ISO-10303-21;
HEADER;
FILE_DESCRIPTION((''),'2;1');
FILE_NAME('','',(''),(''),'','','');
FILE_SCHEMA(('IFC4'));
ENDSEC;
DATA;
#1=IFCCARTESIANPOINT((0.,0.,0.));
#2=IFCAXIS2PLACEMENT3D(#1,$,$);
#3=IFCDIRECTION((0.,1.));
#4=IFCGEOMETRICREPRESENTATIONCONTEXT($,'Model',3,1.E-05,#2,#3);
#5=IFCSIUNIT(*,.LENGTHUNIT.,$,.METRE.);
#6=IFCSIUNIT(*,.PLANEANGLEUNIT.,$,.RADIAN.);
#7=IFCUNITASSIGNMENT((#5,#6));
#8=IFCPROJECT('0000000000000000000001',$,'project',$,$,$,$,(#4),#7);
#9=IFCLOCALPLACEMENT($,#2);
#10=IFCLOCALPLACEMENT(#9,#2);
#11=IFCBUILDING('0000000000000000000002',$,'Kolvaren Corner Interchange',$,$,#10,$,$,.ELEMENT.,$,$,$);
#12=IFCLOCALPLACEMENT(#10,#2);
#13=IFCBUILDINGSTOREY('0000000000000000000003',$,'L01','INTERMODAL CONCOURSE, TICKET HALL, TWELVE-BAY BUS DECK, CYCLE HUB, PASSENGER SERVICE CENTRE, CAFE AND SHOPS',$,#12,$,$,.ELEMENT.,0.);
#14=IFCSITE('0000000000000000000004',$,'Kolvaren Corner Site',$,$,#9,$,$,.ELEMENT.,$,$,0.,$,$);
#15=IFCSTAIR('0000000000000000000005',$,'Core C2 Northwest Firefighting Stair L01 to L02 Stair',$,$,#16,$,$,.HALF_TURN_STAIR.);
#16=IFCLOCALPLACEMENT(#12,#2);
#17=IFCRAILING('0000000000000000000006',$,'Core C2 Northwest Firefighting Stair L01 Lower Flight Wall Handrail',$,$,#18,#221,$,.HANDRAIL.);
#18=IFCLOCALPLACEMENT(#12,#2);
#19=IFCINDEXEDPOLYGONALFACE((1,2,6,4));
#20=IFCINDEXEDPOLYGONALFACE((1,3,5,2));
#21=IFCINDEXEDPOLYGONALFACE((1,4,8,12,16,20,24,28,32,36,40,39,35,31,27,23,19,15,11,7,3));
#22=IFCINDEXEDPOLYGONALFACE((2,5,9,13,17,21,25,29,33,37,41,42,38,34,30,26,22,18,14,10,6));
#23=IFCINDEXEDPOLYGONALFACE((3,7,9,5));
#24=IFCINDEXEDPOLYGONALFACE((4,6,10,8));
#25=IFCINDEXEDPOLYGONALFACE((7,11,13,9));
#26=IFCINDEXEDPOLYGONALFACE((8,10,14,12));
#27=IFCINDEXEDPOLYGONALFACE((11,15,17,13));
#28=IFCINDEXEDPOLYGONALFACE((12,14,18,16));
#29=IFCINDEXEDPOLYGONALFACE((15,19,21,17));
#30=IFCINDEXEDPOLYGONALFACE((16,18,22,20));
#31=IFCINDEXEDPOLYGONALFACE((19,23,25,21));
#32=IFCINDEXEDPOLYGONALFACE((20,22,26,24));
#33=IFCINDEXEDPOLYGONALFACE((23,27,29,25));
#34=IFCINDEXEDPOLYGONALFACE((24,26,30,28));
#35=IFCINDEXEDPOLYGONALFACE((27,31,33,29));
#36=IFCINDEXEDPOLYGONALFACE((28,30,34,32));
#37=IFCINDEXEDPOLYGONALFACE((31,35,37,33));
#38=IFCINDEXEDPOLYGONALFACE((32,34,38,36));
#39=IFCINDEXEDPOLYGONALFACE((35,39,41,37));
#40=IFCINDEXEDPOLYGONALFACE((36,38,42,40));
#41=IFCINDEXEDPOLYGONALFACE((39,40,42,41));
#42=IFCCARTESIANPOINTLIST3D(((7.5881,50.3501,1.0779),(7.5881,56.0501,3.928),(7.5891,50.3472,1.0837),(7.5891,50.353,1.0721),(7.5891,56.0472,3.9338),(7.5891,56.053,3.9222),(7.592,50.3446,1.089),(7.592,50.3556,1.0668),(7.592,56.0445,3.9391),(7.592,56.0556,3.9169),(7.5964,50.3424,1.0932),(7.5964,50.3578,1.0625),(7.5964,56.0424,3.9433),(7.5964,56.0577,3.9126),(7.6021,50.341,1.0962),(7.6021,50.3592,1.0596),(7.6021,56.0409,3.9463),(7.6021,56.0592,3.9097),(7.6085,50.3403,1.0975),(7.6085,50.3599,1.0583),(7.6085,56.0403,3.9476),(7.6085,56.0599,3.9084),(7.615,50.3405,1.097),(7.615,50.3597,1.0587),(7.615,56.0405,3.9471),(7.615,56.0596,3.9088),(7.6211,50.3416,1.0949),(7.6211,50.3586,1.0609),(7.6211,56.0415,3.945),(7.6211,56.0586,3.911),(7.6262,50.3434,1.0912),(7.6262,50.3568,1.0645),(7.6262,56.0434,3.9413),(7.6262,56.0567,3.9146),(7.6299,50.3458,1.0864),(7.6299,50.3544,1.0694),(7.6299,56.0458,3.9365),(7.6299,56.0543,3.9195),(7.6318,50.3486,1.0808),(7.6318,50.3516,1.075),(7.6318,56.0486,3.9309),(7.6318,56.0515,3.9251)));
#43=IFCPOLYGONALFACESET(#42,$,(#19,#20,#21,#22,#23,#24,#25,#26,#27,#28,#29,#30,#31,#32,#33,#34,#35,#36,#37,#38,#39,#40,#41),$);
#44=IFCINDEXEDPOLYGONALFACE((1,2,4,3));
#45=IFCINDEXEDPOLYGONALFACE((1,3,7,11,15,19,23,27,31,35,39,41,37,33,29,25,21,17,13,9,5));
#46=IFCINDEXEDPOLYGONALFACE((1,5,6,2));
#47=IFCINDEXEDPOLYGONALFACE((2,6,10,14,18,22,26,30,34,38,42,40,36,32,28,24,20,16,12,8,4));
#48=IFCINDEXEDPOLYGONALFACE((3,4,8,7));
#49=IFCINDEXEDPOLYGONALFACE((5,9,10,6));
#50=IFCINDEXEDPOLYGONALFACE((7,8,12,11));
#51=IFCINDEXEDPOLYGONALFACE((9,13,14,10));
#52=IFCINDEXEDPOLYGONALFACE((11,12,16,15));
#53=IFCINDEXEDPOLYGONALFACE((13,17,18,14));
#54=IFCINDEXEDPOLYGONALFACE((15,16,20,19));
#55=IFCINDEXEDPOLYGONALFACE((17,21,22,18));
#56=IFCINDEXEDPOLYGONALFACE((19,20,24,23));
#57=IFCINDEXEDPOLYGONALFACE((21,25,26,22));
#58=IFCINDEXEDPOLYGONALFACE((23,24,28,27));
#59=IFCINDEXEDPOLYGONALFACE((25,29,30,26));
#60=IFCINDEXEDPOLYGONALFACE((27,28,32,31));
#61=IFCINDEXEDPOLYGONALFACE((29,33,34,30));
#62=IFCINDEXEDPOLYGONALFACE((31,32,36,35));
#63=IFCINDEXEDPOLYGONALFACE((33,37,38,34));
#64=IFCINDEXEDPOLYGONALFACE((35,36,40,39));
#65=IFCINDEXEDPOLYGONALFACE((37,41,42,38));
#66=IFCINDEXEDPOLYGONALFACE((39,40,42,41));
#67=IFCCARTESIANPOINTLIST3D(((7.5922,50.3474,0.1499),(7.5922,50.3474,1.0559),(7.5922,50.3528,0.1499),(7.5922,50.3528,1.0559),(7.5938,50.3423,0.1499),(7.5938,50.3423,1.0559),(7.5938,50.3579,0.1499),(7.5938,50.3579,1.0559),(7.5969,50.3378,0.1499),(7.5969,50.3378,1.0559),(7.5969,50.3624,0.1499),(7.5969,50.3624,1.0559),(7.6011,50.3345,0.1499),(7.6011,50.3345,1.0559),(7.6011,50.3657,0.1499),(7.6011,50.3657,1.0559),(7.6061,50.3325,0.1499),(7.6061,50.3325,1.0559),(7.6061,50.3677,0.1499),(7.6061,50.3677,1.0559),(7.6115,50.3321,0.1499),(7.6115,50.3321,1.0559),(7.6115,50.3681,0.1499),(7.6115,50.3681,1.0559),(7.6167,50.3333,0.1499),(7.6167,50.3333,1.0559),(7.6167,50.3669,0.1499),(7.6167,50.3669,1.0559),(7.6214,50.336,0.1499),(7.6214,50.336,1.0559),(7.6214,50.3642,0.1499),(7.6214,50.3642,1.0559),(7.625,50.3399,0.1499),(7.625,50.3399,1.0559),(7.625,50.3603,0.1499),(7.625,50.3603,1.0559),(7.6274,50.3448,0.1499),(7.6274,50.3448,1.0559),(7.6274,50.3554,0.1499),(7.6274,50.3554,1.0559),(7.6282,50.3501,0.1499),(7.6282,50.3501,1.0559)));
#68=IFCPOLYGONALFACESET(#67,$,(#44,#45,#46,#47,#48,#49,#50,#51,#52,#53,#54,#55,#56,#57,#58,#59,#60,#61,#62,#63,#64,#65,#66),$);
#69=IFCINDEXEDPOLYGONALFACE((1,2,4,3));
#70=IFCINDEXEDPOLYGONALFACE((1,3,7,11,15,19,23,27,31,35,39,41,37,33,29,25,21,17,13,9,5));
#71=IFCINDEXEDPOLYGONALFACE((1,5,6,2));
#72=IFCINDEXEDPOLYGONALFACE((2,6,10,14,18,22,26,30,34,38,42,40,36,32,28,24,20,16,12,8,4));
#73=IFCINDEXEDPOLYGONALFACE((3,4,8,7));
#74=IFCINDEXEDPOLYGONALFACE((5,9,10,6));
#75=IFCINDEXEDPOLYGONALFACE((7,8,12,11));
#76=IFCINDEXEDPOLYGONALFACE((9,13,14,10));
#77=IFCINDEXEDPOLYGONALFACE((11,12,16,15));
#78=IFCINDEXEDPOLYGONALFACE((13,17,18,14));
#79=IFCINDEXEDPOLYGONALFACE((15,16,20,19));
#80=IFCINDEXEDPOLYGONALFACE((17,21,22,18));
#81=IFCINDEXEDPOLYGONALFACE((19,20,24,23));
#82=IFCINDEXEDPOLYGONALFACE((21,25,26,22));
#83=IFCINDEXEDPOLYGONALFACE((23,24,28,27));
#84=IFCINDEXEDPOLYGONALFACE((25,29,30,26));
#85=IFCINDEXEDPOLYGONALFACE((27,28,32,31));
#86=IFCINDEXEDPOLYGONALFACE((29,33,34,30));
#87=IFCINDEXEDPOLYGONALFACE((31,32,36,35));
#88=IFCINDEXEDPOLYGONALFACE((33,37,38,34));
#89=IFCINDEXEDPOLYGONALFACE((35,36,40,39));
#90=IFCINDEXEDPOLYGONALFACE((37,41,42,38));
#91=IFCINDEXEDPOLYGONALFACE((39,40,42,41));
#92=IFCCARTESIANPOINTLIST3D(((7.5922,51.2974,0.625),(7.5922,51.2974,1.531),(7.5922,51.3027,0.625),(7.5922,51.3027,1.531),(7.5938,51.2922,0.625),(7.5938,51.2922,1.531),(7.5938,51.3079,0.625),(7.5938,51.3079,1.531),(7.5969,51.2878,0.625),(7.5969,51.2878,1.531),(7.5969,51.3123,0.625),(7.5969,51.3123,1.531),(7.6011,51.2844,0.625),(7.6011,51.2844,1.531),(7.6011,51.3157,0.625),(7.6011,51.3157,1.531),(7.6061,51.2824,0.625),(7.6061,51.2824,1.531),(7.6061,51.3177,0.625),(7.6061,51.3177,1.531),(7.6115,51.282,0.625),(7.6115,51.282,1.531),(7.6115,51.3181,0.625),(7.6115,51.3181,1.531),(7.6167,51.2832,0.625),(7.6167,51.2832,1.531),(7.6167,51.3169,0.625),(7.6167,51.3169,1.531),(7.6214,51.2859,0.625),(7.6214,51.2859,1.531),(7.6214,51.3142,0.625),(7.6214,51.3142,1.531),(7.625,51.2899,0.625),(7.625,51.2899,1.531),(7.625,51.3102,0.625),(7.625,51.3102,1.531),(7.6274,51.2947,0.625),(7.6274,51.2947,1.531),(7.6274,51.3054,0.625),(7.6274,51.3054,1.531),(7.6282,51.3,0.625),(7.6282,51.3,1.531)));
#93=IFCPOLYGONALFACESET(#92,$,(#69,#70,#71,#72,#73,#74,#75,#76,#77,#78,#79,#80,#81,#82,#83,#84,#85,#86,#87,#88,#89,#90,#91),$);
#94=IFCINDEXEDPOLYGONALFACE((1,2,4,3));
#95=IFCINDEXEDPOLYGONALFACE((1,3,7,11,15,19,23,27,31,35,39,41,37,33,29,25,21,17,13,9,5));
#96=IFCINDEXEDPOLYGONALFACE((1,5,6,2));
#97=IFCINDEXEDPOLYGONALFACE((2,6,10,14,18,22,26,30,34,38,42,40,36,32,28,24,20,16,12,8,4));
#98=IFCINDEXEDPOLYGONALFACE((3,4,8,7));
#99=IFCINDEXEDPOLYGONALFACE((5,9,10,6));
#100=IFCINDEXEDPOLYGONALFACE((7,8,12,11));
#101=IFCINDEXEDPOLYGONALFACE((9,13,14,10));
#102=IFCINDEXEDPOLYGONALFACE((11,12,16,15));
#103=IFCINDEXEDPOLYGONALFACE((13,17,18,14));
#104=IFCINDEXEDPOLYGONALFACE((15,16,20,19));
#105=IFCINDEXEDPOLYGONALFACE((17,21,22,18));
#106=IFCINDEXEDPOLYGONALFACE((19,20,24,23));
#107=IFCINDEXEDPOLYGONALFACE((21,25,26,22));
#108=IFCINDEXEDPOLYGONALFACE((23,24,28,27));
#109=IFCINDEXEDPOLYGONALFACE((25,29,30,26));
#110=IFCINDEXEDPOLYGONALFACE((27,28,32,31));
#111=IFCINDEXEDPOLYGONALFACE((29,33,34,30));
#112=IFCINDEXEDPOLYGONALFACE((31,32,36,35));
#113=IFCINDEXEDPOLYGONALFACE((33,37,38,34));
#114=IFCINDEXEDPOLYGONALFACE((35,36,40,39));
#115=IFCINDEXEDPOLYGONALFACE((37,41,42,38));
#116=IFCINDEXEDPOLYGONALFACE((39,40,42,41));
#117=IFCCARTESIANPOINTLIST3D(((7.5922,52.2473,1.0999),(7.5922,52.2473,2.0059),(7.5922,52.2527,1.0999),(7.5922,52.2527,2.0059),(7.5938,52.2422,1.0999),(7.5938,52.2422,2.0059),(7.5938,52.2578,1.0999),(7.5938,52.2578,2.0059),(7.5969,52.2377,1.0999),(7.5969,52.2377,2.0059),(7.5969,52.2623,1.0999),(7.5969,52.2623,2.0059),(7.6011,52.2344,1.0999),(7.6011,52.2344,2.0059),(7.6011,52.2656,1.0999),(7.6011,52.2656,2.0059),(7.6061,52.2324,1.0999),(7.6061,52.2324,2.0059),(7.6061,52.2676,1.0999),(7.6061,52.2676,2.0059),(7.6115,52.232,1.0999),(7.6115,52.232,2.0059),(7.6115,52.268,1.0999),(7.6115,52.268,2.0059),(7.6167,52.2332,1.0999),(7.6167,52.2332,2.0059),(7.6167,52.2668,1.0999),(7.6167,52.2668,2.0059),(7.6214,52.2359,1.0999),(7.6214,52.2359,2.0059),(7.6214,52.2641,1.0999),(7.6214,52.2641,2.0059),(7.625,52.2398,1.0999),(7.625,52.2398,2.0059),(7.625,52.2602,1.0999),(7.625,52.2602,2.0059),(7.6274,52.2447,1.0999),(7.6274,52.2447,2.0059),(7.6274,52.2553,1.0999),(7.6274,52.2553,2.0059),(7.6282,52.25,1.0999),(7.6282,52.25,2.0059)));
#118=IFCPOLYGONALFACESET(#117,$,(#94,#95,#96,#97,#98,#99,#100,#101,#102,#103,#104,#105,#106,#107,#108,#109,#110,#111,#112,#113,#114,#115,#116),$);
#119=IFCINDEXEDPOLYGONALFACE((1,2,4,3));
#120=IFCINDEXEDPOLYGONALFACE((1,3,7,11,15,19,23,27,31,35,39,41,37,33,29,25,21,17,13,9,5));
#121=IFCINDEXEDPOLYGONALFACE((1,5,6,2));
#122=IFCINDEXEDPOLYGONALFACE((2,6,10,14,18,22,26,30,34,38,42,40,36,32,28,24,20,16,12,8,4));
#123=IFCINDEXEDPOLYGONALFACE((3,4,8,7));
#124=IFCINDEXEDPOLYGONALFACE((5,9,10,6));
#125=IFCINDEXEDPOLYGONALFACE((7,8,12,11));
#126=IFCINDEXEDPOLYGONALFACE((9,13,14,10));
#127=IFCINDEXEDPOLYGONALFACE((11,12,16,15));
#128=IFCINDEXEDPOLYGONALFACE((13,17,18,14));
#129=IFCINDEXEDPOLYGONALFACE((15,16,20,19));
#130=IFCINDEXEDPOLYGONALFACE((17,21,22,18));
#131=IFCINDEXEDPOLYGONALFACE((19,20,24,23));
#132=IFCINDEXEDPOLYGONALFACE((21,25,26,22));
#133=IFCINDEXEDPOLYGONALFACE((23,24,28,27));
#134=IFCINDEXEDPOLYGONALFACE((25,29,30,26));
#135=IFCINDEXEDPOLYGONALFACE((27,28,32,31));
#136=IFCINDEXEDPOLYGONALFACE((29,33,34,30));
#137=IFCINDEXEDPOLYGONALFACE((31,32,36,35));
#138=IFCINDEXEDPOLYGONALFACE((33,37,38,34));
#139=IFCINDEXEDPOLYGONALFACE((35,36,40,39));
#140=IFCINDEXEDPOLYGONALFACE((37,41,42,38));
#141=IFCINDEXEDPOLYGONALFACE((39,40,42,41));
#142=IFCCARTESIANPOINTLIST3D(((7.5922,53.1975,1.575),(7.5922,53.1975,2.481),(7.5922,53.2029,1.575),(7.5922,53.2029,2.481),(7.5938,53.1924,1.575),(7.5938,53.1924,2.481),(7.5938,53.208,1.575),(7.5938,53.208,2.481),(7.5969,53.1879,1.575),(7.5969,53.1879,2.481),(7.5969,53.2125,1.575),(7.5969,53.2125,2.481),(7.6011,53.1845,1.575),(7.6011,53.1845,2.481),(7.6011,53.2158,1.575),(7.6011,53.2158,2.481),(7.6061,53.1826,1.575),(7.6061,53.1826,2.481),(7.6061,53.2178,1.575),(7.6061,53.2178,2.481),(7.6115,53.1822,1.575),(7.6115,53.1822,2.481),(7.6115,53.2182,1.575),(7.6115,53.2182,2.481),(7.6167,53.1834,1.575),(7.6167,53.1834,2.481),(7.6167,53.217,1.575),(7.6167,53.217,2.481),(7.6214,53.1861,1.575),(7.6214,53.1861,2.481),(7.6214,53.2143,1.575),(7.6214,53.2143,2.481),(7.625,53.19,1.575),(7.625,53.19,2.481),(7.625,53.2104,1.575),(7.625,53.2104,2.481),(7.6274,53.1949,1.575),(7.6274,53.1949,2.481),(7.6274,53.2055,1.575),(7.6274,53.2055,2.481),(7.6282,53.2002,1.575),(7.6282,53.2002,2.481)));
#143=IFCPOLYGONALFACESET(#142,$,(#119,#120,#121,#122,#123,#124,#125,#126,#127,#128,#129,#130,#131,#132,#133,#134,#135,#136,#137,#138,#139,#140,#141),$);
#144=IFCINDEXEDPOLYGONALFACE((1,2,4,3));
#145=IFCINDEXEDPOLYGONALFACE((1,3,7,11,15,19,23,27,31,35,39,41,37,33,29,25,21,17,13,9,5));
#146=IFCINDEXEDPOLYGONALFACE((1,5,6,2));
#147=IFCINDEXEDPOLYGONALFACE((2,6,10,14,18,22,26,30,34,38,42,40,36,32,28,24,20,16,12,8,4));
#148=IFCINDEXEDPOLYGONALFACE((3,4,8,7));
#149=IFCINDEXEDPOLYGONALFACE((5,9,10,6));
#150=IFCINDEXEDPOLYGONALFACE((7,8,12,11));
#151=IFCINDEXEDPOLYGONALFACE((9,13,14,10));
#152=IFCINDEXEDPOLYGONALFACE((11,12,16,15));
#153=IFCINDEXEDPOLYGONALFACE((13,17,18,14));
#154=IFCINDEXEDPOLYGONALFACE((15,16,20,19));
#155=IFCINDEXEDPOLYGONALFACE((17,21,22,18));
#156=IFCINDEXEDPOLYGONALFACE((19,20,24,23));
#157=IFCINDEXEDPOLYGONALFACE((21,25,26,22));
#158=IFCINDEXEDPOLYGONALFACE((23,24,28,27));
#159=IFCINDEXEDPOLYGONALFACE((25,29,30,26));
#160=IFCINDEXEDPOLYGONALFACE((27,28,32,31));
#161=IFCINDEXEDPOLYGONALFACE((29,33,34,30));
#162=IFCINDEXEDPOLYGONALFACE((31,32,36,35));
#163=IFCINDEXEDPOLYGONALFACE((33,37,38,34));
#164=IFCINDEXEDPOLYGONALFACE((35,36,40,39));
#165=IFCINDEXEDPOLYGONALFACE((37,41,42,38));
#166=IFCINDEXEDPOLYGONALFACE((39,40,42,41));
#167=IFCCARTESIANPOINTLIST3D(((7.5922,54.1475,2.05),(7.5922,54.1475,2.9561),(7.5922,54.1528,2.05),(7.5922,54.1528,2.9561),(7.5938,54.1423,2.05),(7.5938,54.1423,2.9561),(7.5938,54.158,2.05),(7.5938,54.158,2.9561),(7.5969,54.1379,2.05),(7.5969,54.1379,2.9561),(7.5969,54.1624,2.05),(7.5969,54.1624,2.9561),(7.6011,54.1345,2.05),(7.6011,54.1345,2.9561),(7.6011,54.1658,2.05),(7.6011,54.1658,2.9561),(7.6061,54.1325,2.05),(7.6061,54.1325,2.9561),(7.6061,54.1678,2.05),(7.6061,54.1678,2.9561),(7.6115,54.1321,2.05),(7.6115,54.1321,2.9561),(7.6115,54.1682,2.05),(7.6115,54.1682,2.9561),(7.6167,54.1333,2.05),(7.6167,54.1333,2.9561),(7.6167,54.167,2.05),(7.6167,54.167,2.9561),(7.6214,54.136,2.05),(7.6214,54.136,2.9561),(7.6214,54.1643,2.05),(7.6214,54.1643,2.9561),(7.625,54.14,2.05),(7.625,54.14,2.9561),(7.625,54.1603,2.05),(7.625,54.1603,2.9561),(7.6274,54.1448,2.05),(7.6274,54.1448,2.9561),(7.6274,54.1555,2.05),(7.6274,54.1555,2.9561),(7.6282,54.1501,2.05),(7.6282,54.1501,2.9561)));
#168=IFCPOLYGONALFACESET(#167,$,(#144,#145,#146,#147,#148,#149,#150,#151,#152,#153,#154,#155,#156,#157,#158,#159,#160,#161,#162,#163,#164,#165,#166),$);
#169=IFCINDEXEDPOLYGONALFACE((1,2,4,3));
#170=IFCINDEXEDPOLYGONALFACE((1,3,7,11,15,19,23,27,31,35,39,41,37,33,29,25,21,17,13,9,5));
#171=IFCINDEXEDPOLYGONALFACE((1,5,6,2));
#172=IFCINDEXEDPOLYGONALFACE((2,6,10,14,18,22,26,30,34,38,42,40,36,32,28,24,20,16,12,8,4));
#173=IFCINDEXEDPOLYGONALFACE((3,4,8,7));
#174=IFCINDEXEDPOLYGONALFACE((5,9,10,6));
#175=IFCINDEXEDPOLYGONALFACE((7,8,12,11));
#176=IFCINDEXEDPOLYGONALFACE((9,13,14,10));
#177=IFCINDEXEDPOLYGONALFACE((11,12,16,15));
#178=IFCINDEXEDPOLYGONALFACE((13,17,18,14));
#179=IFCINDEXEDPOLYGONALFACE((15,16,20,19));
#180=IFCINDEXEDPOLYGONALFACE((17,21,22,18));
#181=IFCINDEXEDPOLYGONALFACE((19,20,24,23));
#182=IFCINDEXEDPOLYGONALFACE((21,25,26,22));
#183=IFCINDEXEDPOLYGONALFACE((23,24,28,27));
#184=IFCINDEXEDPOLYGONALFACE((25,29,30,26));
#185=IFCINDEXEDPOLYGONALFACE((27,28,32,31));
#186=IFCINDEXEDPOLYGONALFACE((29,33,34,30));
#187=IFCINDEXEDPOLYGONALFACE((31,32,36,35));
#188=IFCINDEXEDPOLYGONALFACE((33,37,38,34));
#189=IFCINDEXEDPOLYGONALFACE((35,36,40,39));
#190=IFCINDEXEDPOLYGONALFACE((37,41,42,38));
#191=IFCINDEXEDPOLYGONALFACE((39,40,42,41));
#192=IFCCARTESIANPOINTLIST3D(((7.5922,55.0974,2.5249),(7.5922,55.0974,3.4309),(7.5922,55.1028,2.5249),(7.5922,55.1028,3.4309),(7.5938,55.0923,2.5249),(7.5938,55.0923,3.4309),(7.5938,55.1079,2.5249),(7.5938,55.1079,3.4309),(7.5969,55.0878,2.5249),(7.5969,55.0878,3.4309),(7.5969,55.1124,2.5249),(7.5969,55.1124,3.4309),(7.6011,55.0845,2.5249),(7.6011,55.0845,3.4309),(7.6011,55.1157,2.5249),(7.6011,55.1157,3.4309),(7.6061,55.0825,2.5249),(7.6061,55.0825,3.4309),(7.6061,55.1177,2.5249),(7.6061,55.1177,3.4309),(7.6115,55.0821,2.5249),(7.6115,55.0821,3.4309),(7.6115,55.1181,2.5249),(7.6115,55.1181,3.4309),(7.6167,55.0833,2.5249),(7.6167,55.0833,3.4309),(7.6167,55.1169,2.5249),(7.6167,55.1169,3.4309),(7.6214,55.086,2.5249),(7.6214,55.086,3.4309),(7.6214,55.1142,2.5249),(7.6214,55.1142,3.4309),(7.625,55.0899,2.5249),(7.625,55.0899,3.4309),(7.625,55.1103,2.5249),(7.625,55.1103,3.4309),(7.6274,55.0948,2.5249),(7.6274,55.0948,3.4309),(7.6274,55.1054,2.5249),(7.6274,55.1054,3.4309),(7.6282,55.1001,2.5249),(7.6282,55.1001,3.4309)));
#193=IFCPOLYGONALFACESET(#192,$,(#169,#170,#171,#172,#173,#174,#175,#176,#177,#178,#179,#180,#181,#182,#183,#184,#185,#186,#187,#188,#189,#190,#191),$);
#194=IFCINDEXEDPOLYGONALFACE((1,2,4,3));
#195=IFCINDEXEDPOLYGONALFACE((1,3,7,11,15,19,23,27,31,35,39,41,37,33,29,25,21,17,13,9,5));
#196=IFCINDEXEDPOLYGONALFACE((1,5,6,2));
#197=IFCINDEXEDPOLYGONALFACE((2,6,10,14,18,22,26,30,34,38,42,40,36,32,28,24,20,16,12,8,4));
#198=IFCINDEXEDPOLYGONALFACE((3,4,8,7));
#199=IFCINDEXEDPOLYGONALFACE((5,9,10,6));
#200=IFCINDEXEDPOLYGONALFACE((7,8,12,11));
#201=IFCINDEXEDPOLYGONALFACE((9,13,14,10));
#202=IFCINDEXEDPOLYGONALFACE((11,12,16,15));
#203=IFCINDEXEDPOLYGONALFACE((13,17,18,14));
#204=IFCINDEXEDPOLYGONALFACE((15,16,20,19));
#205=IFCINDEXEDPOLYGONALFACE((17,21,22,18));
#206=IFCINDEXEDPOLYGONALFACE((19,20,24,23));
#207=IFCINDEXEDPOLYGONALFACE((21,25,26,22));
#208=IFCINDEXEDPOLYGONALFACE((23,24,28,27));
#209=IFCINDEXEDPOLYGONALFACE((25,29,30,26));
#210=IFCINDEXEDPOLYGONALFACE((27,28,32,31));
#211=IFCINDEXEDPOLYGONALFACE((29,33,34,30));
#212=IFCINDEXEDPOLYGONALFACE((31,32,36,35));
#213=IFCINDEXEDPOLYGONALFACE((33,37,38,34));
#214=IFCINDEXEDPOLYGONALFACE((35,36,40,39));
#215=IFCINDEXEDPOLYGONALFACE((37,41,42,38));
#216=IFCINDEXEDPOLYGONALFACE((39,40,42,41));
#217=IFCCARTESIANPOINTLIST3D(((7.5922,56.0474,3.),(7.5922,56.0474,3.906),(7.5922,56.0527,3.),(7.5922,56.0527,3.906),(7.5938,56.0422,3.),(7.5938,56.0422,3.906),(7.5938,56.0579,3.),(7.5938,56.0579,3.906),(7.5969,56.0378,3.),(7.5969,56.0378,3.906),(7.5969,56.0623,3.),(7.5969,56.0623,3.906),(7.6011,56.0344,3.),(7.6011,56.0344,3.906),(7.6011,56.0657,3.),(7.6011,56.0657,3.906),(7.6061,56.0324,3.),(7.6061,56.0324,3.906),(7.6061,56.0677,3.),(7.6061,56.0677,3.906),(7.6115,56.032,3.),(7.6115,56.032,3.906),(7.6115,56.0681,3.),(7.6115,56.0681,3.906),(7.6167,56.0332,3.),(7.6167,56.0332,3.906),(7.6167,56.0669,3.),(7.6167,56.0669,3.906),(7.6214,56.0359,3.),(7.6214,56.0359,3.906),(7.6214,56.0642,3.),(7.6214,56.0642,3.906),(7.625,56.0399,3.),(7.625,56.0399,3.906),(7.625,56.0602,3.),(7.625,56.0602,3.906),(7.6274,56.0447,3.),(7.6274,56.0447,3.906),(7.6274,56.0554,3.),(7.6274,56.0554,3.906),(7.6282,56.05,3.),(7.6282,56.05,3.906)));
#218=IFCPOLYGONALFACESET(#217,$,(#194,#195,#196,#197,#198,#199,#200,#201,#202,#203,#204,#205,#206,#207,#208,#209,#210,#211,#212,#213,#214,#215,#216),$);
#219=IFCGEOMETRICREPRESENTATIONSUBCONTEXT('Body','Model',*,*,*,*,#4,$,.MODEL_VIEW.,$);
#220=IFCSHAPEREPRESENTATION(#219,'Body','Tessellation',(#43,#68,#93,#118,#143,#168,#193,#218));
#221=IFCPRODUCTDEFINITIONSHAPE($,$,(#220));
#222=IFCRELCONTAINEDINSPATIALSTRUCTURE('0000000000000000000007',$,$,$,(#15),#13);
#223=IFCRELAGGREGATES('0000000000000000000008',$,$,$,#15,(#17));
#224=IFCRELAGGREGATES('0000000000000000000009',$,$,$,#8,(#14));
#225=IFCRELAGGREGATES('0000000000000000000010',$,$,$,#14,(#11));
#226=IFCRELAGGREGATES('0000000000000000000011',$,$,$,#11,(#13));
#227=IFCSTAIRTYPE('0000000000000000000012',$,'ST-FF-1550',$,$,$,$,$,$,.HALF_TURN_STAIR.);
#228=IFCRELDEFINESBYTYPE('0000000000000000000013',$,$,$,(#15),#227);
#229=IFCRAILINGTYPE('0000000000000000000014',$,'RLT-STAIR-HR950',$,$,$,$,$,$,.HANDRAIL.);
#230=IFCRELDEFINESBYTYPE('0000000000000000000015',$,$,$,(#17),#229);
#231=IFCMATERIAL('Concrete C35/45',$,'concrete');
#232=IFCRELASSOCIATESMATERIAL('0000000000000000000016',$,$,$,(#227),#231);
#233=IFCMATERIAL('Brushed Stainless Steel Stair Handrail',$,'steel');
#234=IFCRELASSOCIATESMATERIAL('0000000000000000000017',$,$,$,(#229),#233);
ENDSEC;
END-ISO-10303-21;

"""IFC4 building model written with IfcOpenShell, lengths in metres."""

from ifc_helpers import new_model, si_unit, direction, frame, origin, origin_2d, place, context, subcontext, project, spatial, circle, extrude, material, type_object, element, aggregate, save


model = new_model("IFC4")

# Units and contexts
model_context = context("Model", 3, precision=1e-05, world=origin(), true_north=direction((0.0, 1.0)))
body_context = subcontext(model_context, "Body", "Model", "MODEL_VIEW")
ifc_project = project(units=[si_unit("LENGTHUNIT", "METRE"), si_unit("PLANEANGLEUNIT", "RADIAN")], contexts=[model_context])

# Site, building, storey
site_placement = place(None, origin())
site = spatial("IfcSite", under=ifc_project, at=site_placement, Name="Kolvaren Corner Site", CompositionType="ELEMENT", RefElevation=0.0)
building_placement = place(site_placement, origin())
building = spatial("IfcBuilding", under=site, at=building_placement, Name="Kolvaren Corner Interchange", CompositionType="ELEMENT")
storey_placement = place(building_placement, origin())
storey = spatial("IfcBuildingStorey", under=building, at=storey_placement, Name="L01", Description="INTERMODAL CONCOURSE, TICKET HALL, TWELVE-BAY BUS DECK, CYCLE HUB, PASSENGER SERVICE CENTRE, CAFE AND SHOPS", CompositionType="ELEMENT", Elevation=0.0)

# Stair
ifc_material_1 = material(Name="Concrete C35/45", Category="concrete")
stair_type = type_object("IfcStairType", Name="ST-FF-1550", PredefinedType="HALF_TURN_STAIR", material=ifc_material_1)
stair_placement = place(storey_placement, origin())
stair = element("IfcStair", 1, at=stair_placement, inside=storey, type_object=stair_type, Name="Core C2 Northwest Firefighting Stair L01 to L02 Stair", PredefinedType="HALF_TURN_STAIR")

# Railing
ifc_material_2 = material(Name="Brushed Stainless Steel Stair Handrail", Category="steel")
railing_type_1 = type_object("IfcRailingType", Name="RLT-STAIR-HR950", PredefinedType="HANDRAIL", material=ifc_material_2)
railing_1_placement = place(storey_placement, frame((7.6101, 50.3501, 0.1499)))
railing_1 = element("IfcRailing", 2, at=railing_1_placement, type_object=railing_type_1, Name="Core C2 Northwest Firefighting Stair L01 Lower Flight Wall Handrail", PredefinedType="HANDRAIL", context=body_context, shape_type="SweptSolid", body=[
    extrude(circle(Radius=0.022, at=origin_2d()), frame((0.0, 0.0, 0.928), z_axis=(0.0, 0.89442, 0.447229), x_axis=(-1.0, 0.0, 0.0)), (0.0, 0.0, 1.0), 6.3728),
    extrude(circle(Radius=0.0181, at=origin_2d()), origin(), (0.0, 0.0, 1.0), 0.906),
    extrude(circle(Radius=0.0181, at=origin_2d()), frame((0.0, 0.95, 0.4751)), (0.0, 0.0, 1.0), 0.906),
    extrude(circle(Radius=0.0181, at=origin_2d()), frame((0.0, 1.8999, 0.95)), (0.0, 0.0, 1.0), 0.906),
    extrude(circle(Radius=0.0181, at=origin_2d()), frame((0.0, 2.8501, 1.425)), (0.0, 0.0, 1.0), 0.906),
    extrude(circle(Radius=0.0181, at=origin_2d()), frame((0.0, 3.8, 1.9001)), (0.0, 0.0, 1.0), 0.906),
    extrude(circle(Radius=0.0181, at=origin_2d()), frame((0.0, 4.75, 2.375)), (0.0, 0.0, 1.0), 0.906),
    extrude(circle(Radius=0.0181, at=origin_2d()), frame((0.0, 5.7, 2.8501)), (0.0, 0.0, 1.0), 0.906),
])
aggregate(stair, [railing_1])

save(model, "model.ifc")
